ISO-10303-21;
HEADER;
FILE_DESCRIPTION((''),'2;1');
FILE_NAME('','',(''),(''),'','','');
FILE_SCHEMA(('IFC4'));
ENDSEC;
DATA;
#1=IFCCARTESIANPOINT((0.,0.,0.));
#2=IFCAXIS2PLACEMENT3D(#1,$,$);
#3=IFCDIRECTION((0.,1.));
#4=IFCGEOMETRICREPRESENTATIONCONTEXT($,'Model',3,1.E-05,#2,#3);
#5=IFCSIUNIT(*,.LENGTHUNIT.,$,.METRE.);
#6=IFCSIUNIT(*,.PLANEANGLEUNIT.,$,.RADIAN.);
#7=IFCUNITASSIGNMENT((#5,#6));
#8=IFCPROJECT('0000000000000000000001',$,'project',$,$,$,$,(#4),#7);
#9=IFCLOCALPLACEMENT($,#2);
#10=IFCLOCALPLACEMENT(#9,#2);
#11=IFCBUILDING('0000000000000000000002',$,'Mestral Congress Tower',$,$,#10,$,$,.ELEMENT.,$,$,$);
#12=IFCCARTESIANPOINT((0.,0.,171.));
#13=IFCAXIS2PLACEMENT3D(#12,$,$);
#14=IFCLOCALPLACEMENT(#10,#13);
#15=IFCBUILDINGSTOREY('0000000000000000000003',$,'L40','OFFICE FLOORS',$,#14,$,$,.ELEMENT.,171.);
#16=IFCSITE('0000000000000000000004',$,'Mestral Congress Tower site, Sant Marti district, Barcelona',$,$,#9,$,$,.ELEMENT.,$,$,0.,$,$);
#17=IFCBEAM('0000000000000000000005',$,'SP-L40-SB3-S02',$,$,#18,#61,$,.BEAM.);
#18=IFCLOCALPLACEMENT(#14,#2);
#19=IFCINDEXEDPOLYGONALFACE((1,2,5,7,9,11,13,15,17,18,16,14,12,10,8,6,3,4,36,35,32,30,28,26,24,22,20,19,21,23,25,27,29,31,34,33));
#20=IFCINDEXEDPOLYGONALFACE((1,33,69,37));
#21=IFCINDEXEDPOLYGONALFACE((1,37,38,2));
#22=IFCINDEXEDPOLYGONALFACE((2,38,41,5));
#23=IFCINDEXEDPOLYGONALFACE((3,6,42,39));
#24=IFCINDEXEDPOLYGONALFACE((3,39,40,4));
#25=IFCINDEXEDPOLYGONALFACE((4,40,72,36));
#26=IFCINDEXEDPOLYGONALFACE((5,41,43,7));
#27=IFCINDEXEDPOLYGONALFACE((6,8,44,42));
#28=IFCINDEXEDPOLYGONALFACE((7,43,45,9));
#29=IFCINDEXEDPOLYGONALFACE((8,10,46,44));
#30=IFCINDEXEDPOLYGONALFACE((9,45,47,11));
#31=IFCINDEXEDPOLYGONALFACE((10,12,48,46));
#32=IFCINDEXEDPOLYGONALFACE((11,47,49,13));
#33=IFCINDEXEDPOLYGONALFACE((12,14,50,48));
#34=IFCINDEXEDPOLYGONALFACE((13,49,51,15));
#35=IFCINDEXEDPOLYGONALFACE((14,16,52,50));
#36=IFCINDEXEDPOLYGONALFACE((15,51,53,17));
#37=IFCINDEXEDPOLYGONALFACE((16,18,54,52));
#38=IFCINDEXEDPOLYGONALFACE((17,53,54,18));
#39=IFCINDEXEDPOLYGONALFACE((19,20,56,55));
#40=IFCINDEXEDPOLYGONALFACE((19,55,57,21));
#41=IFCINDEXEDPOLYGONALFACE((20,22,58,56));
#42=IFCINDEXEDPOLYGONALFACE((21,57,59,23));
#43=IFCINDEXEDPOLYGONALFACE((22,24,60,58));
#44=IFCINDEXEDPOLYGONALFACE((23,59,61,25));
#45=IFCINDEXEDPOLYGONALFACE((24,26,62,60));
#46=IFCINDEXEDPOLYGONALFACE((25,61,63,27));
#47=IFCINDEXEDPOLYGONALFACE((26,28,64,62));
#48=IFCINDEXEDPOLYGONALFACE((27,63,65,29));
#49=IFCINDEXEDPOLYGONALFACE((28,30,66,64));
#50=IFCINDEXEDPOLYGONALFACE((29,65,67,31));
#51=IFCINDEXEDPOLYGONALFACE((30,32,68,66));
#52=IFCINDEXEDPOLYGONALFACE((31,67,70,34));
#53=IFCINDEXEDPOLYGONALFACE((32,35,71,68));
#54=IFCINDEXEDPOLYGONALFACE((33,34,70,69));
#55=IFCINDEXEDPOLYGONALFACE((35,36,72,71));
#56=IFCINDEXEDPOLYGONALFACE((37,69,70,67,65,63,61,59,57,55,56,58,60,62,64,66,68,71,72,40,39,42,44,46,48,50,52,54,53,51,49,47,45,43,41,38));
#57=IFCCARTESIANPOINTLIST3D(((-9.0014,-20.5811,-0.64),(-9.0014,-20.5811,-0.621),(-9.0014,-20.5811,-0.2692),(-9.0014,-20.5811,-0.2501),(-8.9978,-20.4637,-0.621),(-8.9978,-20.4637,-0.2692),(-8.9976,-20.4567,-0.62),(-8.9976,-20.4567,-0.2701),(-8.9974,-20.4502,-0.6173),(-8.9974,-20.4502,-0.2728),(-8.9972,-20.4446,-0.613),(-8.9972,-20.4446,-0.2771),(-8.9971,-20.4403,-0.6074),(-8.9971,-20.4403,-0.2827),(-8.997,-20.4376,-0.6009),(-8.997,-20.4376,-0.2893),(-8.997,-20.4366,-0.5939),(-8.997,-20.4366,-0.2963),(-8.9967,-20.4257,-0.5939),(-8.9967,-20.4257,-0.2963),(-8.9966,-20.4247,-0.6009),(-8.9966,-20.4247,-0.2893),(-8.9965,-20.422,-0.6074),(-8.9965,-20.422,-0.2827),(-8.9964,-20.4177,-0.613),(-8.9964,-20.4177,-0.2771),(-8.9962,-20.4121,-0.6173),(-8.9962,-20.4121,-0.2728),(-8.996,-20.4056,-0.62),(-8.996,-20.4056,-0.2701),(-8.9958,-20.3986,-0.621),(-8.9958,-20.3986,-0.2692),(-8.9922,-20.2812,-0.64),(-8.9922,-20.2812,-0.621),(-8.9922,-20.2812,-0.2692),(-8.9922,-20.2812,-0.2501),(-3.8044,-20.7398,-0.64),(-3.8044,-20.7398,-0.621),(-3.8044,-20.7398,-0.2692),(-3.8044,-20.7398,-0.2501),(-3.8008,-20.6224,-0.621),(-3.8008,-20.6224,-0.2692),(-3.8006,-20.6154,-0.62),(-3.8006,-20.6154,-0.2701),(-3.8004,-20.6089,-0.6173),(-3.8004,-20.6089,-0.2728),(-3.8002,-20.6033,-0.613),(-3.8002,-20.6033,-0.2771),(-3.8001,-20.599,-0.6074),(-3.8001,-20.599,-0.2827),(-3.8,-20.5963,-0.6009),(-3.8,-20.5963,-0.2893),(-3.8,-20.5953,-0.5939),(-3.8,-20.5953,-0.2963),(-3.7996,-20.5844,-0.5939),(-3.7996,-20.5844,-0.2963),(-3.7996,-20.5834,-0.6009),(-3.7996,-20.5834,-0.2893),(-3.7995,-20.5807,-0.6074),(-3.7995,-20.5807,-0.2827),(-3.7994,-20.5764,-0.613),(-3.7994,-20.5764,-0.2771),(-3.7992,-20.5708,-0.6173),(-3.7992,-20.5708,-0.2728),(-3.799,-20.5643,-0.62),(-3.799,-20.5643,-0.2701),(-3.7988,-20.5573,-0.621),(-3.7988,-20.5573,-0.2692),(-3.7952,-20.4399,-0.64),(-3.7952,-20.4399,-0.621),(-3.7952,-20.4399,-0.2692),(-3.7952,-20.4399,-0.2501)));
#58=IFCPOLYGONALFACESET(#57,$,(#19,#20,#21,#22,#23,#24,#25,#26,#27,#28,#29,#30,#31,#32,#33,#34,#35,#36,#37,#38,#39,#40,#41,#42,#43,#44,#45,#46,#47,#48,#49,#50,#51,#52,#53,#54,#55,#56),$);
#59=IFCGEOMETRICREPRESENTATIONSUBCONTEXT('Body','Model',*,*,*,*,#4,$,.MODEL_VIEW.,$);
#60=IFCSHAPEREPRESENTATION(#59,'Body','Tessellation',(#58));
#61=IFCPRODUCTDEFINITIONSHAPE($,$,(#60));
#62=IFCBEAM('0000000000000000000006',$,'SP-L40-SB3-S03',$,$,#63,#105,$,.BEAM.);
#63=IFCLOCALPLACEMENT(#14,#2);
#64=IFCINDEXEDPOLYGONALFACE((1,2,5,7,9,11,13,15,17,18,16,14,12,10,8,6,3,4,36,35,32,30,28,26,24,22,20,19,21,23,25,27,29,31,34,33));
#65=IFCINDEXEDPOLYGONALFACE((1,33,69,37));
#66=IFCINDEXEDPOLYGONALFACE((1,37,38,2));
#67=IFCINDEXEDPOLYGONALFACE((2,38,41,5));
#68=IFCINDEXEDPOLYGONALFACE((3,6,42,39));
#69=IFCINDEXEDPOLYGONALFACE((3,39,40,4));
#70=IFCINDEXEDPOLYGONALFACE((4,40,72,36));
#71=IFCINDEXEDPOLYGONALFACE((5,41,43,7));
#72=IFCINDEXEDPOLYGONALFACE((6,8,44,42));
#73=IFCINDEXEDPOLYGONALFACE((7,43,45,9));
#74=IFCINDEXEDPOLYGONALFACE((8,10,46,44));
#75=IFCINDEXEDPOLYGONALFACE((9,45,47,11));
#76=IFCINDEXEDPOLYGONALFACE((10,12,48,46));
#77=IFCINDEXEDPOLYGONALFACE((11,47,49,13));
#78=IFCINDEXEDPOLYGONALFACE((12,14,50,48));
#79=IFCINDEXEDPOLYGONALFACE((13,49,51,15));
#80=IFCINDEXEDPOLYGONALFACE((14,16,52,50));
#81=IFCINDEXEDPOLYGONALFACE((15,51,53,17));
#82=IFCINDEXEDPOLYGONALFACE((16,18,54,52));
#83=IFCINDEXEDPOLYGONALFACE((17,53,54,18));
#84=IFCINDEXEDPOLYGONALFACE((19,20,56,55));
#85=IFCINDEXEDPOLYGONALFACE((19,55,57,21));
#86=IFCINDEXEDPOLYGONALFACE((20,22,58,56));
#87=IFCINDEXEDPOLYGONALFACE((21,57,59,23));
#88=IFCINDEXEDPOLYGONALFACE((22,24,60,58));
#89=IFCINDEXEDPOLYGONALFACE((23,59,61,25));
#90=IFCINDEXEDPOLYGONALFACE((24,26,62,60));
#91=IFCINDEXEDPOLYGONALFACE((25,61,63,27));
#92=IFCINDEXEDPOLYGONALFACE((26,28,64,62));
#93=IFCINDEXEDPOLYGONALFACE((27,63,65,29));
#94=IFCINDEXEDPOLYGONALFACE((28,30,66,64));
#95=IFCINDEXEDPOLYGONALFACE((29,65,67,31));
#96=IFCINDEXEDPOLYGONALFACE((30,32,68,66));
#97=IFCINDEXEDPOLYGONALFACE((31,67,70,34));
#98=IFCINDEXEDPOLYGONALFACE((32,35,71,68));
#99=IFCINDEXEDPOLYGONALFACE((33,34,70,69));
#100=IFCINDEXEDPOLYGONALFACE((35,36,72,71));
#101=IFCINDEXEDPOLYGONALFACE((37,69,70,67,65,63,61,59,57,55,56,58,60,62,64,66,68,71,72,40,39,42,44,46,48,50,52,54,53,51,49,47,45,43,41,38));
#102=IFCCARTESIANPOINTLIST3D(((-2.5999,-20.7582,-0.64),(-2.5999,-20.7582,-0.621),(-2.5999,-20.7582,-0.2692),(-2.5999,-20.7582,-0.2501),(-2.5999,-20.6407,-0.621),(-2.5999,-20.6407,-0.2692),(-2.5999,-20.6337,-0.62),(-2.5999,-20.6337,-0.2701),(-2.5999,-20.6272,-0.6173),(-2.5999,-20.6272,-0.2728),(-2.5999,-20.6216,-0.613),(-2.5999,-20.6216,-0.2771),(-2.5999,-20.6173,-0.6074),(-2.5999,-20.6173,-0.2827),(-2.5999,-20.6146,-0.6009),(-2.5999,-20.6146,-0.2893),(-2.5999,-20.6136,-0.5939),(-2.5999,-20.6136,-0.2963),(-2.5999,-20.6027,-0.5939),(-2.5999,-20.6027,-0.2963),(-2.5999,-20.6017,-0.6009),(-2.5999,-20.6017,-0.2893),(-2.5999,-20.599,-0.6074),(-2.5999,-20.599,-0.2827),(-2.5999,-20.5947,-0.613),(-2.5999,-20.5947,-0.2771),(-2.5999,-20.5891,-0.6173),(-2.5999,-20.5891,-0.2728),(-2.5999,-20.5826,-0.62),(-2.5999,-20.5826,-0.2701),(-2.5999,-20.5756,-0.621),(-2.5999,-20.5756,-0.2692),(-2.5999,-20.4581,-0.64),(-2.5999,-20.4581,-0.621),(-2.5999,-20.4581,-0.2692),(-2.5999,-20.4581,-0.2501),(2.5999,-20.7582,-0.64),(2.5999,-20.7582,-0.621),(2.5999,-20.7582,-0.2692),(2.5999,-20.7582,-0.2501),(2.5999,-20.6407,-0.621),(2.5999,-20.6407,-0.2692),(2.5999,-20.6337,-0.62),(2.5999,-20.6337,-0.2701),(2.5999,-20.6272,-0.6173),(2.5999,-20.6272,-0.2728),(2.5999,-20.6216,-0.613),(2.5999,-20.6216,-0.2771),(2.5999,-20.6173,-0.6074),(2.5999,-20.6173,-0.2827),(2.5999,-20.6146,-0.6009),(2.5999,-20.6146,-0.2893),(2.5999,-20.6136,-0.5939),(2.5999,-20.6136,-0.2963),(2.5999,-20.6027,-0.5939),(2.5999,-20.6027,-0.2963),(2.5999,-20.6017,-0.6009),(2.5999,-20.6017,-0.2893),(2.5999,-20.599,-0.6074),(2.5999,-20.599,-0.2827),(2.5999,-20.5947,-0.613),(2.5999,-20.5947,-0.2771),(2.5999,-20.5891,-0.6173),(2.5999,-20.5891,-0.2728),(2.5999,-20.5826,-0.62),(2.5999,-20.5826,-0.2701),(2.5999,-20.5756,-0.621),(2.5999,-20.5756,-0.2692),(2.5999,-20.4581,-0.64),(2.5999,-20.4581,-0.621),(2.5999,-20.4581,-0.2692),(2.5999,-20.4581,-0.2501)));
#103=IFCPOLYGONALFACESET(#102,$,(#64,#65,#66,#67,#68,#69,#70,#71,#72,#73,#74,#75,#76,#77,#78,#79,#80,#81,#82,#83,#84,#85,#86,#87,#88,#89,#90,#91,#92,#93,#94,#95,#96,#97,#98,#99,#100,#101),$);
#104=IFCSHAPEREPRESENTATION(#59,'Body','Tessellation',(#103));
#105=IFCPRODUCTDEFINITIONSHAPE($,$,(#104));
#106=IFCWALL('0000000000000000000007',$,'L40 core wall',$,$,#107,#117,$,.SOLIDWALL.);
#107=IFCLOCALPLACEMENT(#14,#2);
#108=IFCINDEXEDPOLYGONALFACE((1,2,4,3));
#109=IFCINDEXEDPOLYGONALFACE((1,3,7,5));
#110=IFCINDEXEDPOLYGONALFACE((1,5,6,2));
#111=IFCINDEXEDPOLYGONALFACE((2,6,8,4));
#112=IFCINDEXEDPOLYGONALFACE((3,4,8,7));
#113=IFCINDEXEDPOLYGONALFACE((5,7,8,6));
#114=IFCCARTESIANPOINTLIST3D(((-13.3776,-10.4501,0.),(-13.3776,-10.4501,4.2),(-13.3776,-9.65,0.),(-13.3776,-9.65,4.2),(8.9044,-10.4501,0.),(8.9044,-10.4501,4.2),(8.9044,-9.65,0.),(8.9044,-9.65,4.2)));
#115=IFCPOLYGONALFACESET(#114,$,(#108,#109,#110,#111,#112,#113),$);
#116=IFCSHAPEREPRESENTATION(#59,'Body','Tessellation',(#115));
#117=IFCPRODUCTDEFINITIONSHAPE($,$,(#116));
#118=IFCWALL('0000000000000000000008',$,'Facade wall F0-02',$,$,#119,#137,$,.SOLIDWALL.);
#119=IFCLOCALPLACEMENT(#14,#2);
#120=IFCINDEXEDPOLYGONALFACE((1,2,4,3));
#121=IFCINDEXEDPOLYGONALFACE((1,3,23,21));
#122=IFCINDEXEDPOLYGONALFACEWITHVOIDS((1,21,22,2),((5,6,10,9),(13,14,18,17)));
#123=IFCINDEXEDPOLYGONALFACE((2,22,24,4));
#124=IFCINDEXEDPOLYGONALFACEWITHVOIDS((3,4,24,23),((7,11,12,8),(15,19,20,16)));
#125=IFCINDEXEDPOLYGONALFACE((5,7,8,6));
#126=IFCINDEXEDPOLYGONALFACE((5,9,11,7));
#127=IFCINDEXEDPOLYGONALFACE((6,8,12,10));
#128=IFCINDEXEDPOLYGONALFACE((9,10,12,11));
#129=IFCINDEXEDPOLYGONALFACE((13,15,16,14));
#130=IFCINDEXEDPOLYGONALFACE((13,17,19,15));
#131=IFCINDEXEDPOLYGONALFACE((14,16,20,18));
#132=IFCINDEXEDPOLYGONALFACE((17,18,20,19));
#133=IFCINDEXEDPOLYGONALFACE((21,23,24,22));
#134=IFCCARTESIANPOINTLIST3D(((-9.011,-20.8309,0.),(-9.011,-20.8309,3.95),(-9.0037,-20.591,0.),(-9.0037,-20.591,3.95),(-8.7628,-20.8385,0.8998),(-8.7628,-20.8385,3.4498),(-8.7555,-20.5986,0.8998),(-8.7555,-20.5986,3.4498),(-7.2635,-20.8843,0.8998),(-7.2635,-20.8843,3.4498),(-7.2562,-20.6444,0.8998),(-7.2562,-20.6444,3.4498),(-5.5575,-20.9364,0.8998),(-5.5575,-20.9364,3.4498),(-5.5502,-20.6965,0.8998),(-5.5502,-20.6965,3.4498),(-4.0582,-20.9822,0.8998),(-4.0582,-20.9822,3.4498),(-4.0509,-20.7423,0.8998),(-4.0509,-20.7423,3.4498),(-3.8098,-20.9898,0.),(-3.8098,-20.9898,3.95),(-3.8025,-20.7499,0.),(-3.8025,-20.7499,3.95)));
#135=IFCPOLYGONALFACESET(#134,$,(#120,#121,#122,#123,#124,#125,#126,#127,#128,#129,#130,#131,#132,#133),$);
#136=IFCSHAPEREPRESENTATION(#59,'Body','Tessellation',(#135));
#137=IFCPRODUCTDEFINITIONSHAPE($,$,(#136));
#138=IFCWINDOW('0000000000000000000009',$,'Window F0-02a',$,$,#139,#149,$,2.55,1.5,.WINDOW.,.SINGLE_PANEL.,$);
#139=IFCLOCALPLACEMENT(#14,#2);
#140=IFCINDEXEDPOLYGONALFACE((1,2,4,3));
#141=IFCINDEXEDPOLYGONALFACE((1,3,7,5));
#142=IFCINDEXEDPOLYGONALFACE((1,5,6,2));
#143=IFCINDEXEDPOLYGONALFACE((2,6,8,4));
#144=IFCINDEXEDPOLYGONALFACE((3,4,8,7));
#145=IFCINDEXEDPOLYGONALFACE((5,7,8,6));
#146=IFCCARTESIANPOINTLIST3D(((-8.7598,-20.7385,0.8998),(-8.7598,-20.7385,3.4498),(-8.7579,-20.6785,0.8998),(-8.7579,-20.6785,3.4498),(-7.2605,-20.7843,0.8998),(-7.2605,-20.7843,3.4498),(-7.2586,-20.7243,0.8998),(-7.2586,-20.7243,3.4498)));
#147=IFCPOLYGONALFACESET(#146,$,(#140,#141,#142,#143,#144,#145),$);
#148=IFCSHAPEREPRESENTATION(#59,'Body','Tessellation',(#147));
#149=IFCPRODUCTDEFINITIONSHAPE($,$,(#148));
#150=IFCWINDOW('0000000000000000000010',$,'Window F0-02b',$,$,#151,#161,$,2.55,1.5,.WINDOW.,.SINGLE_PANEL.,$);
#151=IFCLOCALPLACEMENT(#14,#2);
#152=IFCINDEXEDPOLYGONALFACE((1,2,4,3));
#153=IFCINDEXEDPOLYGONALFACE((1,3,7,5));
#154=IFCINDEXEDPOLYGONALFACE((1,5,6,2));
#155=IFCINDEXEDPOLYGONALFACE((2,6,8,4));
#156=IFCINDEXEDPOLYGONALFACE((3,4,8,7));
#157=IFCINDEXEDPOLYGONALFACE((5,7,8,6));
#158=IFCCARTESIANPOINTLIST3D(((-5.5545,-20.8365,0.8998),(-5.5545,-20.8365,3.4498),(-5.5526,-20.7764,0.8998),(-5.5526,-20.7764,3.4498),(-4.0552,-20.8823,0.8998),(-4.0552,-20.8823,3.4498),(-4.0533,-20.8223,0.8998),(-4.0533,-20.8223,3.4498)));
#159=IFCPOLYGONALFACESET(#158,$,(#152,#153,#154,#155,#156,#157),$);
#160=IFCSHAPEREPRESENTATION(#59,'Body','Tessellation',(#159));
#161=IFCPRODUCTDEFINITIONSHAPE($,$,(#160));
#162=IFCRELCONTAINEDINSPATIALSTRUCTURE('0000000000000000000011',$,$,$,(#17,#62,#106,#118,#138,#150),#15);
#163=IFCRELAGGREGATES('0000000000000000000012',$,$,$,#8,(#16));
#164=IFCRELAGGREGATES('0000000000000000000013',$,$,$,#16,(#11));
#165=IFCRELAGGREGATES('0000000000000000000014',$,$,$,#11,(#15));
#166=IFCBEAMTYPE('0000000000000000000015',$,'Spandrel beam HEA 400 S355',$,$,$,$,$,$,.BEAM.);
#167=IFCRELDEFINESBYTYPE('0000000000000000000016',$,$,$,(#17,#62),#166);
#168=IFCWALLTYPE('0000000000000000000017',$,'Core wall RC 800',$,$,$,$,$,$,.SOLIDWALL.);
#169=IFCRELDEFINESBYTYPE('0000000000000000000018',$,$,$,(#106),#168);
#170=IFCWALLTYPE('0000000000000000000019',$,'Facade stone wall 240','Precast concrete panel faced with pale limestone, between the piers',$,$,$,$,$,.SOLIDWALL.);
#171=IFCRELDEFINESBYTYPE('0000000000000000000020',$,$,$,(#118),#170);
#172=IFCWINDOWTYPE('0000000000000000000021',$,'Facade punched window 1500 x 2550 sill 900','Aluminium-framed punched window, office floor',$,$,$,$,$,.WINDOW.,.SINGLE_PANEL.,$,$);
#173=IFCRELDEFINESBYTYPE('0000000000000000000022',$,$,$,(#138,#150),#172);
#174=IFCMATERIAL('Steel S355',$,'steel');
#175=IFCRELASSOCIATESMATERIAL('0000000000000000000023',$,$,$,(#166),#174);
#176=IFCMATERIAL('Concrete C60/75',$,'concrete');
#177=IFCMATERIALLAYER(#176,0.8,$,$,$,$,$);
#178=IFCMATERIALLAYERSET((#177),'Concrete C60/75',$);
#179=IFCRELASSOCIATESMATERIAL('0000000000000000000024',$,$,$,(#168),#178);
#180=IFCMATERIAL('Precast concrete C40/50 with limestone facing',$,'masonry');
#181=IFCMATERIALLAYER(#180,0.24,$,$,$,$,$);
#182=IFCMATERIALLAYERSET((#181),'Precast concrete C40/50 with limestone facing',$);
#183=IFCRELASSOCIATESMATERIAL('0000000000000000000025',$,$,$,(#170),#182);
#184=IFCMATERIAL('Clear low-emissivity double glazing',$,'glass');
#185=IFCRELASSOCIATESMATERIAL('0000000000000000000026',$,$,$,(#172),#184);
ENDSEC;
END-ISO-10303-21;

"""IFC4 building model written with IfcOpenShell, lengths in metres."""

from ifc_helpers import new_model, si_unit, direction, frame, frame_2d, origin, origin_2d, place, context, subcontext, project, spatial, rectangle, i_section, extrude, material, layer, layer_set, material_profile, profile_set, type_object, element, fill, save


model = new_model("IFC4")

# Units and contexts
model_context = context("Model", 3, precision=1e-05, world=origin(), true_north=direction((0.0, 1.0)))
body_context = subcontext(model_context, "Body", "Model", "MODEL_VIEW")
ifc_project = project(units=[si_unit("LENGTHUNIT", "METRE"), si_unit("PLANEANGLEUNIT", "RADIAN")], contexts=[model_context])

# Site, building, storey
site_placement = place(None, origin())
site = spatial("IfcSite", under=ifc_project, at=site_placement, Name="Mestral Congress Tower site, Sant Marti district, Barcelona", CompositionType="ELEMENT", RefElevation=0.0)
building_placement = place(site_placement, origin())
building = spatial("IfcBuilding", under=site, at=building_placement, Name="Mestral Congress Tower", CompositionType="ELEMENT")
storey_placement = place(building_placement, frame((0.0, 0.0, 171.0)))
storey = spatial("IfcBuildingStorey", under=building, at=storey_placement, Name="L40", Description="OFFICE FLOORS", CompositionType="ELEMENT", Elevation=171.0)

# Shared definitions
ifc_material_1 = material(Name="Concrete C60/75", Category="concrete")

# Beams
ifc_material_2 = material(Name="Steel S355", Category="steel")
ifc_material_profile_1 = material_profile(ifc_material_2, i_section(OverallWidth=0.3, OverallDepth=0.3899, WebThickness=0.011, FlangeThickness=0.019, FilletRadius=0.0271, at=origin_2d()), Name="HEA 400")
ifc_profile_set_1 = profile_set([ifc_material_profile_1], Name="Steel S355")
beam_type_1 = type_object("IfcBeamType", Name="Spandrel beam HEA 400 S355", PredefinedType="BEAM", material=ifc_profile_set_1)
beam_1_placement = place(storey_placement, frame((-8.9968, -20.4312, -0.4451), z_axis=(0.999534, -0.030521, 0.0), x_axis=(0.030521, 0.999534, 0.0)))
element("IfcBeam", 1, at=beam_1_placement, inside=storey, type_object=beam_type_1, Name="SP-L40-SB3-S02", PredefinedType="BEAM", context=body_context, shape_type="SweptSolid", body=[
    extrude(i_section(OverallWidth=0.3, OverallDepth=0.3899, WebThickness=0.011, FlangeThickness=0.019, FilletRadius=0.0271, at=origin_2d()), origin(), (0.0, 0.0, 1.0), 5.1995),
])
beam_2_placement = place(storey_placement, frame((-2.5999, -20.6082, -0.4451), z_axis=(1.0, 0.0, 0.0), x_axis=(0.0, 1.0, 0.0)))
element("IfcBeam", 2, at=beam_2_placement, inside=storey, type_object=beam_type_1, Name="SP-L40-SB3-S03", PredefinedType="BEAM", context=body_context, shape_type="SweptSolid", body=[
    extrude(i_section(OverallWidth=0.3, OverallDepth=0.3899, WebThickness=0.011, FlangeThickness=0.019, FilletRadius=0.0271, at=origin_2d()), origin(), (0.0, 0.0, 1.0), 5.1997),
])

# Wall
ifc_layer_1 = layer(ifc_material_1, 0.8)
ifc_layer_set_1 = layer_set([ifc_layer_1], Name="Concrete C60/75")
wall_type_1 = type_object("IfcWallType", Name="Core wall RC 800", PredefinedType="SOLIDWALL", material=ifc_layer_set_1)
wall_1_placement = place(storey_placement, frame((-13.3777, -10.05, 0.0), z_axis=(0.0, 0.0, 1.0), x_axis=(1.0, 0.0, 0.0)))
element("IfcWall", 3, at=wall_1_placement, inside=storey, type_object=wall_type_1, Name="L40 core wall", PredefinedType="SOLIDWALL", context=body_context, shape_type="SweptSolid", body=[
    extrude(rectangle(XDim=22.282, YDim=0.8, at=frame_2d((11.1411, 0.0))), origin(), (0.0, 0.0, 1.0), 4.2),
])

# Wall, openings, windows
ifc_material_3 = material(Name="Precast concrete C40/50 with limestone facing", Category="masonry")
ifc_layer_2 = layer(ifc_material_3, 0.24)
ifc_layer_set_2 = layer_set([ifc_layer_2], Name="Precast concrete C40/50 with limestone facing")
wall_type_2 = type_object("IfcWallType", Name="Facade stone wall 240", Description="Precast concrete panel faced with pale limestone, between the piers", PredefinedType="SOLIDWALL", material=ifc_layer_set_2)
wall_2_placement = place(storey_placement, frame((-9.0073, -20.7109, 0.0), z_axis=(0.0, 0.0, 1.0), x_axis=(0.999533, -0.030543, 0.0)))
wall_2 = element("IfcWall", 4, at=wall_2_placement, inside=storey, type_object=wall_type_2, Name="Facade wall F0-02", PredefinedType="SOLIDWALL", context=body_context, shape_type="SweptSolid", body=[
    extrude(rectangle(XDim=5.2036, YDim=0.24, at=frame_2d((2.6018, 0.0))), origin(), (0.0, 0.0, 1.0), 3.95),
])
opening_1_placement = place(wall_2_placement, frame((0.2483, 0.0, 0.8999)))
opening_1 = element("IfcOpeningElement", 5, at=opening_1_placement, cuts=wall_2, PredefinedType="OPENING", context=body_context, shape_type="SweptSolid", body=[
    extrude(rectangle(XDim=1.5, YDim=2.55, at=frame_2d((0.75, 1.2749))), frame((0.0, 0.1299, 0.0), z_axis=(0.0, -1.0, 0.0), x_axis=(1.0, 0.0, 0.0)), (0.0, 0.0, 1.0), 0.26),
])
opening_2_placement = place(wall_2_placement, frame((3.4551, 0.0, 0.8999)))
opening_2 = element("IfcOpeningElement", 6, at=opening_2_placement, cuts=wall_2, PredefinedType="OPENING", context=body_context, shape_type="SweptSolid", body=[
    extrude(rectangle(XDim=1.5, YDim=2.55, at=frame_2d((0.75, 1.2749))), frame((0.0, 0.1299, 0.0), z_axis=(0.0, -1.0, 0.0), x_axis=(1.0, 0.0, 0.0)), (0.0, 0.0, 1.0), 0.26),
])
ifc_material_4 = material(Name="Clear low-emissivity double glazing", Category="glass")
window_type = type_object("IfcWindowType", Name="Facade punched window 1500 x 2550 sill 900", Description="Aluminium-framed punched window, office floor", PartitioningType="SINGLE_PANEL", PredefinedType="WINDOW", material=ifc_material_4)
window_1_placement = place(opening_1_placement, origin())
window_1 = element("IfcWindow", 7, at=window_1_placement, inside=storey, type_object=window_type, Name="Window F0-02a", OverallHeight=2.55, OverallWidth=1.5, PartitioningType="SINGLE_PANEL", PredefinedType="WINDOW", context=body_context, shape_type="SweptSolid", body=[
    extrude(rectangle(XDim=1.5, YDim=2.55, at=frame_2d((0.75, 1.2749))), frame((0.0, 0.04, 0.0), z_axis=(0.0, -1.0, 0.0), x_axis=(1.0, 0.0, 0.0)), (0.0, 0.0, 1.0), 0.0601),
])
fill(opening_1, window_1)
window_2_placement = place(opening_2_placement, origin())
window_2 = element("IfcWindow", 8, at=window_2_placement, inside=storey, type_object=window_type, Name="Window F0-02b", OverallHeight=2.55, OverallWidth=1.5, PartitioningType="SINGLE_PANEL", PredefinedType="WINDOW", context=body_context, shape_type="SweptSolid", body=[
    extrude(rectangle(XDim=1.5, YDim=2.55, at=frame_2d((0.75, 1.2749))), frame((0.0, 0.04, 0.0), z_axis=(0.0, -1.0, 0.0), x_axis=(1.0, 0.0, 0.0)), (0.0, 0.0, 1.0), 0.0601),
])
fill(opening_2, window_2)

save(model, "model.ifc")
